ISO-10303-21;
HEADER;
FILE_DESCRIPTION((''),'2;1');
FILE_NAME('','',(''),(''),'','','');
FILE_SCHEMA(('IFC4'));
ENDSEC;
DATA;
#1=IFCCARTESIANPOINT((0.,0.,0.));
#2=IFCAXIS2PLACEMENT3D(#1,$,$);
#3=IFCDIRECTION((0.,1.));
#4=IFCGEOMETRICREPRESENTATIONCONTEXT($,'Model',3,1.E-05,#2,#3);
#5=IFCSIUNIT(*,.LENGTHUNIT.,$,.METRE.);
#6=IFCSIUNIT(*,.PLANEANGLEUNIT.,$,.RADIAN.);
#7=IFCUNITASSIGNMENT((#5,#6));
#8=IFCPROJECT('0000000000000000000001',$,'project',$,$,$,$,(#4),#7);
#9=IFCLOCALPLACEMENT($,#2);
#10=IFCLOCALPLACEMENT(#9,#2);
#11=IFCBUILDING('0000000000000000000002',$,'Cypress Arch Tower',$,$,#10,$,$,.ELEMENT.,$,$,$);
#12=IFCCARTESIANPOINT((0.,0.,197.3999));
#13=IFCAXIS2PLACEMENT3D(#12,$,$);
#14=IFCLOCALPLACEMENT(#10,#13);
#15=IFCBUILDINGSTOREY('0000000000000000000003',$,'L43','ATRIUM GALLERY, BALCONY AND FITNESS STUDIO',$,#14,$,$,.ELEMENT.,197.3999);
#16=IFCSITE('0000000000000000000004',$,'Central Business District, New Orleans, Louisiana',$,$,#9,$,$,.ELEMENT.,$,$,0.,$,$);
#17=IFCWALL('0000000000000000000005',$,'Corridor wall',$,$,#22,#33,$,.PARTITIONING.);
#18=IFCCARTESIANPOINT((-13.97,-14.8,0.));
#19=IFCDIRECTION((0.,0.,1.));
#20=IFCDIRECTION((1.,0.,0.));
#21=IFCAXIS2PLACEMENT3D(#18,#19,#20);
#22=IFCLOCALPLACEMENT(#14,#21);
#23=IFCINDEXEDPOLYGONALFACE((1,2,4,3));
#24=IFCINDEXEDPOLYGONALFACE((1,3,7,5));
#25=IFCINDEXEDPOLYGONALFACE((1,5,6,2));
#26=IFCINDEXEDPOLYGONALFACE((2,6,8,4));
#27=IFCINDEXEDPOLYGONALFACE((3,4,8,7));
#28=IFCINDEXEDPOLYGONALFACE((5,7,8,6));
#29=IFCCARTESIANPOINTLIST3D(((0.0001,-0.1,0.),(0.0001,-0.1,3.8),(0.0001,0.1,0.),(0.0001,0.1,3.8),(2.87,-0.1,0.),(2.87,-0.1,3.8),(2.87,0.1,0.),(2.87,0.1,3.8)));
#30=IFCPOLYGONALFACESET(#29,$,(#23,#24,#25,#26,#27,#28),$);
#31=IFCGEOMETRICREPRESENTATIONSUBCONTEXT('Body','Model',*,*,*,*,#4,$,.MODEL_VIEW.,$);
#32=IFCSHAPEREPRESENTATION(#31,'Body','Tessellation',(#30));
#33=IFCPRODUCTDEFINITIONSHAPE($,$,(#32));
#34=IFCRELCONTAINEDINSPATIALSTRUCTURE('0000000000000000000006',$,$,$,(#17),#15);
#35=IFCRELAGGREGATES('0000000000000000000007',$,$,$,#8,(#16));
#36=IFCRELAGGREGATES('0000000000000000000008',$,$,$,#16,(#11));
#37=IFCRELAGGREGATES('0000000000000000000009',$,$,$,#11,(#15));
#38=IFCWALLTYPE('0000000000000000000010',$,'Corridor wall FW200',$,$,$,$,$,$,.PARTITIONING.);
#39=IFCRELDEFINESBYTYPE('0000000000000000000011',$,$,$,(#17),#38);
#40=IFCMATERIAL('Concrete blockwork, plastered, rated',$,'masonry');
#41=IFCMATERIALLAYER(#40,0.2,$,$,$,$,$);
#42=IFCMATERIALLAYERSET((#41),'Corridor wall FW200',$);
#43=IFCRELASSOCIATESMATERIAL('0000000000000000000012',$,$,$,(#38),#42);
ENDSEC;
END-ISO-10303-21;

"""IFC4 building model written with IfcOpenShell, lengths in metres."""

from ifc_helpers import new_model, si_unit, direction, frame, frame_2d, origin, place, context, subcontext, project, spatial, rectangle, extrude, material, layer, layer_set, type_object, element, save


model = new_model("IFC4")

# Units and contexts
model_context = context("Model", 3, precision=1e-05, world=origin(), true_north=direction((0.0, 1.0)))
body_context = subcontext(model_context, "Body", "Model", "MODEL_VIEW")
ifc_project = project(units=[si_unit("LENGTHUNIT", "METRE"), si_unit("PLANEANGLEUNIT", "RADIAN")], contexts=[model_context])

# Site, building, storey
site_placement = place(None, origin())
site = spatial("IfcSite", under=ifc_project, at=site_placement, Name="Central Business District, New Orleans, Louisiana", CompositionType="ELEMENT", RefElevation=0.0)
building_placement = place(site_placement, origin())
building = spatial("IfcBuilding", under=site, at=building_placement, Name="Cypress Arch Tower", CompositionType="ELEMENT")
storey_placement = place(building_placement, frame((0.0, 0.0, 197.3999)))
storey = spatial("IfcBuildingStorey", under=building, at=storey_placement, Name="L43", Description="ATRIUM GALLERY, BALCONY AND FITNESS STUDIO", CompositionType="ELEMENT", Elevation=197.3999)

# Wall
ifc_material_1 = material(Name="Concrete blockwork, plastered, rated", Category="masonry")
ifc_layer_1 = layer(ifc_material_1, 0.2)
ifc_layer_set_1 = layer_set([ifc_layer_1], Name="Corridor wall FW200")
wall_type_1 = type_object("IfcWallType", Name="Corridor wall FW200", PredefinedType="PARTITIONING", material=ifc_layer_set_1)
wall_1_placement = place(storey_placement, frame((-13.97, -14.8, 0.0), z_axis=(0.0, 0.0, 1.0), x_axis=(1.0, 0.0, 0.0)))
element("IfcWall", 1, at=wall_1_placement, inside=storey, type_object=wall_type_1, Name="Corridor wall", PredefinedType="PARTITIONING", context=body_context, shape_type="SweptSolid", body=[
    extrude(rectangle(XDim=2.8699, YDim=0.2, at=frame_2d((1.4351, 0.0))), origin(), (0.0, 0.0, 1.0), 3.8),
])

save(model, "model.ifc")
